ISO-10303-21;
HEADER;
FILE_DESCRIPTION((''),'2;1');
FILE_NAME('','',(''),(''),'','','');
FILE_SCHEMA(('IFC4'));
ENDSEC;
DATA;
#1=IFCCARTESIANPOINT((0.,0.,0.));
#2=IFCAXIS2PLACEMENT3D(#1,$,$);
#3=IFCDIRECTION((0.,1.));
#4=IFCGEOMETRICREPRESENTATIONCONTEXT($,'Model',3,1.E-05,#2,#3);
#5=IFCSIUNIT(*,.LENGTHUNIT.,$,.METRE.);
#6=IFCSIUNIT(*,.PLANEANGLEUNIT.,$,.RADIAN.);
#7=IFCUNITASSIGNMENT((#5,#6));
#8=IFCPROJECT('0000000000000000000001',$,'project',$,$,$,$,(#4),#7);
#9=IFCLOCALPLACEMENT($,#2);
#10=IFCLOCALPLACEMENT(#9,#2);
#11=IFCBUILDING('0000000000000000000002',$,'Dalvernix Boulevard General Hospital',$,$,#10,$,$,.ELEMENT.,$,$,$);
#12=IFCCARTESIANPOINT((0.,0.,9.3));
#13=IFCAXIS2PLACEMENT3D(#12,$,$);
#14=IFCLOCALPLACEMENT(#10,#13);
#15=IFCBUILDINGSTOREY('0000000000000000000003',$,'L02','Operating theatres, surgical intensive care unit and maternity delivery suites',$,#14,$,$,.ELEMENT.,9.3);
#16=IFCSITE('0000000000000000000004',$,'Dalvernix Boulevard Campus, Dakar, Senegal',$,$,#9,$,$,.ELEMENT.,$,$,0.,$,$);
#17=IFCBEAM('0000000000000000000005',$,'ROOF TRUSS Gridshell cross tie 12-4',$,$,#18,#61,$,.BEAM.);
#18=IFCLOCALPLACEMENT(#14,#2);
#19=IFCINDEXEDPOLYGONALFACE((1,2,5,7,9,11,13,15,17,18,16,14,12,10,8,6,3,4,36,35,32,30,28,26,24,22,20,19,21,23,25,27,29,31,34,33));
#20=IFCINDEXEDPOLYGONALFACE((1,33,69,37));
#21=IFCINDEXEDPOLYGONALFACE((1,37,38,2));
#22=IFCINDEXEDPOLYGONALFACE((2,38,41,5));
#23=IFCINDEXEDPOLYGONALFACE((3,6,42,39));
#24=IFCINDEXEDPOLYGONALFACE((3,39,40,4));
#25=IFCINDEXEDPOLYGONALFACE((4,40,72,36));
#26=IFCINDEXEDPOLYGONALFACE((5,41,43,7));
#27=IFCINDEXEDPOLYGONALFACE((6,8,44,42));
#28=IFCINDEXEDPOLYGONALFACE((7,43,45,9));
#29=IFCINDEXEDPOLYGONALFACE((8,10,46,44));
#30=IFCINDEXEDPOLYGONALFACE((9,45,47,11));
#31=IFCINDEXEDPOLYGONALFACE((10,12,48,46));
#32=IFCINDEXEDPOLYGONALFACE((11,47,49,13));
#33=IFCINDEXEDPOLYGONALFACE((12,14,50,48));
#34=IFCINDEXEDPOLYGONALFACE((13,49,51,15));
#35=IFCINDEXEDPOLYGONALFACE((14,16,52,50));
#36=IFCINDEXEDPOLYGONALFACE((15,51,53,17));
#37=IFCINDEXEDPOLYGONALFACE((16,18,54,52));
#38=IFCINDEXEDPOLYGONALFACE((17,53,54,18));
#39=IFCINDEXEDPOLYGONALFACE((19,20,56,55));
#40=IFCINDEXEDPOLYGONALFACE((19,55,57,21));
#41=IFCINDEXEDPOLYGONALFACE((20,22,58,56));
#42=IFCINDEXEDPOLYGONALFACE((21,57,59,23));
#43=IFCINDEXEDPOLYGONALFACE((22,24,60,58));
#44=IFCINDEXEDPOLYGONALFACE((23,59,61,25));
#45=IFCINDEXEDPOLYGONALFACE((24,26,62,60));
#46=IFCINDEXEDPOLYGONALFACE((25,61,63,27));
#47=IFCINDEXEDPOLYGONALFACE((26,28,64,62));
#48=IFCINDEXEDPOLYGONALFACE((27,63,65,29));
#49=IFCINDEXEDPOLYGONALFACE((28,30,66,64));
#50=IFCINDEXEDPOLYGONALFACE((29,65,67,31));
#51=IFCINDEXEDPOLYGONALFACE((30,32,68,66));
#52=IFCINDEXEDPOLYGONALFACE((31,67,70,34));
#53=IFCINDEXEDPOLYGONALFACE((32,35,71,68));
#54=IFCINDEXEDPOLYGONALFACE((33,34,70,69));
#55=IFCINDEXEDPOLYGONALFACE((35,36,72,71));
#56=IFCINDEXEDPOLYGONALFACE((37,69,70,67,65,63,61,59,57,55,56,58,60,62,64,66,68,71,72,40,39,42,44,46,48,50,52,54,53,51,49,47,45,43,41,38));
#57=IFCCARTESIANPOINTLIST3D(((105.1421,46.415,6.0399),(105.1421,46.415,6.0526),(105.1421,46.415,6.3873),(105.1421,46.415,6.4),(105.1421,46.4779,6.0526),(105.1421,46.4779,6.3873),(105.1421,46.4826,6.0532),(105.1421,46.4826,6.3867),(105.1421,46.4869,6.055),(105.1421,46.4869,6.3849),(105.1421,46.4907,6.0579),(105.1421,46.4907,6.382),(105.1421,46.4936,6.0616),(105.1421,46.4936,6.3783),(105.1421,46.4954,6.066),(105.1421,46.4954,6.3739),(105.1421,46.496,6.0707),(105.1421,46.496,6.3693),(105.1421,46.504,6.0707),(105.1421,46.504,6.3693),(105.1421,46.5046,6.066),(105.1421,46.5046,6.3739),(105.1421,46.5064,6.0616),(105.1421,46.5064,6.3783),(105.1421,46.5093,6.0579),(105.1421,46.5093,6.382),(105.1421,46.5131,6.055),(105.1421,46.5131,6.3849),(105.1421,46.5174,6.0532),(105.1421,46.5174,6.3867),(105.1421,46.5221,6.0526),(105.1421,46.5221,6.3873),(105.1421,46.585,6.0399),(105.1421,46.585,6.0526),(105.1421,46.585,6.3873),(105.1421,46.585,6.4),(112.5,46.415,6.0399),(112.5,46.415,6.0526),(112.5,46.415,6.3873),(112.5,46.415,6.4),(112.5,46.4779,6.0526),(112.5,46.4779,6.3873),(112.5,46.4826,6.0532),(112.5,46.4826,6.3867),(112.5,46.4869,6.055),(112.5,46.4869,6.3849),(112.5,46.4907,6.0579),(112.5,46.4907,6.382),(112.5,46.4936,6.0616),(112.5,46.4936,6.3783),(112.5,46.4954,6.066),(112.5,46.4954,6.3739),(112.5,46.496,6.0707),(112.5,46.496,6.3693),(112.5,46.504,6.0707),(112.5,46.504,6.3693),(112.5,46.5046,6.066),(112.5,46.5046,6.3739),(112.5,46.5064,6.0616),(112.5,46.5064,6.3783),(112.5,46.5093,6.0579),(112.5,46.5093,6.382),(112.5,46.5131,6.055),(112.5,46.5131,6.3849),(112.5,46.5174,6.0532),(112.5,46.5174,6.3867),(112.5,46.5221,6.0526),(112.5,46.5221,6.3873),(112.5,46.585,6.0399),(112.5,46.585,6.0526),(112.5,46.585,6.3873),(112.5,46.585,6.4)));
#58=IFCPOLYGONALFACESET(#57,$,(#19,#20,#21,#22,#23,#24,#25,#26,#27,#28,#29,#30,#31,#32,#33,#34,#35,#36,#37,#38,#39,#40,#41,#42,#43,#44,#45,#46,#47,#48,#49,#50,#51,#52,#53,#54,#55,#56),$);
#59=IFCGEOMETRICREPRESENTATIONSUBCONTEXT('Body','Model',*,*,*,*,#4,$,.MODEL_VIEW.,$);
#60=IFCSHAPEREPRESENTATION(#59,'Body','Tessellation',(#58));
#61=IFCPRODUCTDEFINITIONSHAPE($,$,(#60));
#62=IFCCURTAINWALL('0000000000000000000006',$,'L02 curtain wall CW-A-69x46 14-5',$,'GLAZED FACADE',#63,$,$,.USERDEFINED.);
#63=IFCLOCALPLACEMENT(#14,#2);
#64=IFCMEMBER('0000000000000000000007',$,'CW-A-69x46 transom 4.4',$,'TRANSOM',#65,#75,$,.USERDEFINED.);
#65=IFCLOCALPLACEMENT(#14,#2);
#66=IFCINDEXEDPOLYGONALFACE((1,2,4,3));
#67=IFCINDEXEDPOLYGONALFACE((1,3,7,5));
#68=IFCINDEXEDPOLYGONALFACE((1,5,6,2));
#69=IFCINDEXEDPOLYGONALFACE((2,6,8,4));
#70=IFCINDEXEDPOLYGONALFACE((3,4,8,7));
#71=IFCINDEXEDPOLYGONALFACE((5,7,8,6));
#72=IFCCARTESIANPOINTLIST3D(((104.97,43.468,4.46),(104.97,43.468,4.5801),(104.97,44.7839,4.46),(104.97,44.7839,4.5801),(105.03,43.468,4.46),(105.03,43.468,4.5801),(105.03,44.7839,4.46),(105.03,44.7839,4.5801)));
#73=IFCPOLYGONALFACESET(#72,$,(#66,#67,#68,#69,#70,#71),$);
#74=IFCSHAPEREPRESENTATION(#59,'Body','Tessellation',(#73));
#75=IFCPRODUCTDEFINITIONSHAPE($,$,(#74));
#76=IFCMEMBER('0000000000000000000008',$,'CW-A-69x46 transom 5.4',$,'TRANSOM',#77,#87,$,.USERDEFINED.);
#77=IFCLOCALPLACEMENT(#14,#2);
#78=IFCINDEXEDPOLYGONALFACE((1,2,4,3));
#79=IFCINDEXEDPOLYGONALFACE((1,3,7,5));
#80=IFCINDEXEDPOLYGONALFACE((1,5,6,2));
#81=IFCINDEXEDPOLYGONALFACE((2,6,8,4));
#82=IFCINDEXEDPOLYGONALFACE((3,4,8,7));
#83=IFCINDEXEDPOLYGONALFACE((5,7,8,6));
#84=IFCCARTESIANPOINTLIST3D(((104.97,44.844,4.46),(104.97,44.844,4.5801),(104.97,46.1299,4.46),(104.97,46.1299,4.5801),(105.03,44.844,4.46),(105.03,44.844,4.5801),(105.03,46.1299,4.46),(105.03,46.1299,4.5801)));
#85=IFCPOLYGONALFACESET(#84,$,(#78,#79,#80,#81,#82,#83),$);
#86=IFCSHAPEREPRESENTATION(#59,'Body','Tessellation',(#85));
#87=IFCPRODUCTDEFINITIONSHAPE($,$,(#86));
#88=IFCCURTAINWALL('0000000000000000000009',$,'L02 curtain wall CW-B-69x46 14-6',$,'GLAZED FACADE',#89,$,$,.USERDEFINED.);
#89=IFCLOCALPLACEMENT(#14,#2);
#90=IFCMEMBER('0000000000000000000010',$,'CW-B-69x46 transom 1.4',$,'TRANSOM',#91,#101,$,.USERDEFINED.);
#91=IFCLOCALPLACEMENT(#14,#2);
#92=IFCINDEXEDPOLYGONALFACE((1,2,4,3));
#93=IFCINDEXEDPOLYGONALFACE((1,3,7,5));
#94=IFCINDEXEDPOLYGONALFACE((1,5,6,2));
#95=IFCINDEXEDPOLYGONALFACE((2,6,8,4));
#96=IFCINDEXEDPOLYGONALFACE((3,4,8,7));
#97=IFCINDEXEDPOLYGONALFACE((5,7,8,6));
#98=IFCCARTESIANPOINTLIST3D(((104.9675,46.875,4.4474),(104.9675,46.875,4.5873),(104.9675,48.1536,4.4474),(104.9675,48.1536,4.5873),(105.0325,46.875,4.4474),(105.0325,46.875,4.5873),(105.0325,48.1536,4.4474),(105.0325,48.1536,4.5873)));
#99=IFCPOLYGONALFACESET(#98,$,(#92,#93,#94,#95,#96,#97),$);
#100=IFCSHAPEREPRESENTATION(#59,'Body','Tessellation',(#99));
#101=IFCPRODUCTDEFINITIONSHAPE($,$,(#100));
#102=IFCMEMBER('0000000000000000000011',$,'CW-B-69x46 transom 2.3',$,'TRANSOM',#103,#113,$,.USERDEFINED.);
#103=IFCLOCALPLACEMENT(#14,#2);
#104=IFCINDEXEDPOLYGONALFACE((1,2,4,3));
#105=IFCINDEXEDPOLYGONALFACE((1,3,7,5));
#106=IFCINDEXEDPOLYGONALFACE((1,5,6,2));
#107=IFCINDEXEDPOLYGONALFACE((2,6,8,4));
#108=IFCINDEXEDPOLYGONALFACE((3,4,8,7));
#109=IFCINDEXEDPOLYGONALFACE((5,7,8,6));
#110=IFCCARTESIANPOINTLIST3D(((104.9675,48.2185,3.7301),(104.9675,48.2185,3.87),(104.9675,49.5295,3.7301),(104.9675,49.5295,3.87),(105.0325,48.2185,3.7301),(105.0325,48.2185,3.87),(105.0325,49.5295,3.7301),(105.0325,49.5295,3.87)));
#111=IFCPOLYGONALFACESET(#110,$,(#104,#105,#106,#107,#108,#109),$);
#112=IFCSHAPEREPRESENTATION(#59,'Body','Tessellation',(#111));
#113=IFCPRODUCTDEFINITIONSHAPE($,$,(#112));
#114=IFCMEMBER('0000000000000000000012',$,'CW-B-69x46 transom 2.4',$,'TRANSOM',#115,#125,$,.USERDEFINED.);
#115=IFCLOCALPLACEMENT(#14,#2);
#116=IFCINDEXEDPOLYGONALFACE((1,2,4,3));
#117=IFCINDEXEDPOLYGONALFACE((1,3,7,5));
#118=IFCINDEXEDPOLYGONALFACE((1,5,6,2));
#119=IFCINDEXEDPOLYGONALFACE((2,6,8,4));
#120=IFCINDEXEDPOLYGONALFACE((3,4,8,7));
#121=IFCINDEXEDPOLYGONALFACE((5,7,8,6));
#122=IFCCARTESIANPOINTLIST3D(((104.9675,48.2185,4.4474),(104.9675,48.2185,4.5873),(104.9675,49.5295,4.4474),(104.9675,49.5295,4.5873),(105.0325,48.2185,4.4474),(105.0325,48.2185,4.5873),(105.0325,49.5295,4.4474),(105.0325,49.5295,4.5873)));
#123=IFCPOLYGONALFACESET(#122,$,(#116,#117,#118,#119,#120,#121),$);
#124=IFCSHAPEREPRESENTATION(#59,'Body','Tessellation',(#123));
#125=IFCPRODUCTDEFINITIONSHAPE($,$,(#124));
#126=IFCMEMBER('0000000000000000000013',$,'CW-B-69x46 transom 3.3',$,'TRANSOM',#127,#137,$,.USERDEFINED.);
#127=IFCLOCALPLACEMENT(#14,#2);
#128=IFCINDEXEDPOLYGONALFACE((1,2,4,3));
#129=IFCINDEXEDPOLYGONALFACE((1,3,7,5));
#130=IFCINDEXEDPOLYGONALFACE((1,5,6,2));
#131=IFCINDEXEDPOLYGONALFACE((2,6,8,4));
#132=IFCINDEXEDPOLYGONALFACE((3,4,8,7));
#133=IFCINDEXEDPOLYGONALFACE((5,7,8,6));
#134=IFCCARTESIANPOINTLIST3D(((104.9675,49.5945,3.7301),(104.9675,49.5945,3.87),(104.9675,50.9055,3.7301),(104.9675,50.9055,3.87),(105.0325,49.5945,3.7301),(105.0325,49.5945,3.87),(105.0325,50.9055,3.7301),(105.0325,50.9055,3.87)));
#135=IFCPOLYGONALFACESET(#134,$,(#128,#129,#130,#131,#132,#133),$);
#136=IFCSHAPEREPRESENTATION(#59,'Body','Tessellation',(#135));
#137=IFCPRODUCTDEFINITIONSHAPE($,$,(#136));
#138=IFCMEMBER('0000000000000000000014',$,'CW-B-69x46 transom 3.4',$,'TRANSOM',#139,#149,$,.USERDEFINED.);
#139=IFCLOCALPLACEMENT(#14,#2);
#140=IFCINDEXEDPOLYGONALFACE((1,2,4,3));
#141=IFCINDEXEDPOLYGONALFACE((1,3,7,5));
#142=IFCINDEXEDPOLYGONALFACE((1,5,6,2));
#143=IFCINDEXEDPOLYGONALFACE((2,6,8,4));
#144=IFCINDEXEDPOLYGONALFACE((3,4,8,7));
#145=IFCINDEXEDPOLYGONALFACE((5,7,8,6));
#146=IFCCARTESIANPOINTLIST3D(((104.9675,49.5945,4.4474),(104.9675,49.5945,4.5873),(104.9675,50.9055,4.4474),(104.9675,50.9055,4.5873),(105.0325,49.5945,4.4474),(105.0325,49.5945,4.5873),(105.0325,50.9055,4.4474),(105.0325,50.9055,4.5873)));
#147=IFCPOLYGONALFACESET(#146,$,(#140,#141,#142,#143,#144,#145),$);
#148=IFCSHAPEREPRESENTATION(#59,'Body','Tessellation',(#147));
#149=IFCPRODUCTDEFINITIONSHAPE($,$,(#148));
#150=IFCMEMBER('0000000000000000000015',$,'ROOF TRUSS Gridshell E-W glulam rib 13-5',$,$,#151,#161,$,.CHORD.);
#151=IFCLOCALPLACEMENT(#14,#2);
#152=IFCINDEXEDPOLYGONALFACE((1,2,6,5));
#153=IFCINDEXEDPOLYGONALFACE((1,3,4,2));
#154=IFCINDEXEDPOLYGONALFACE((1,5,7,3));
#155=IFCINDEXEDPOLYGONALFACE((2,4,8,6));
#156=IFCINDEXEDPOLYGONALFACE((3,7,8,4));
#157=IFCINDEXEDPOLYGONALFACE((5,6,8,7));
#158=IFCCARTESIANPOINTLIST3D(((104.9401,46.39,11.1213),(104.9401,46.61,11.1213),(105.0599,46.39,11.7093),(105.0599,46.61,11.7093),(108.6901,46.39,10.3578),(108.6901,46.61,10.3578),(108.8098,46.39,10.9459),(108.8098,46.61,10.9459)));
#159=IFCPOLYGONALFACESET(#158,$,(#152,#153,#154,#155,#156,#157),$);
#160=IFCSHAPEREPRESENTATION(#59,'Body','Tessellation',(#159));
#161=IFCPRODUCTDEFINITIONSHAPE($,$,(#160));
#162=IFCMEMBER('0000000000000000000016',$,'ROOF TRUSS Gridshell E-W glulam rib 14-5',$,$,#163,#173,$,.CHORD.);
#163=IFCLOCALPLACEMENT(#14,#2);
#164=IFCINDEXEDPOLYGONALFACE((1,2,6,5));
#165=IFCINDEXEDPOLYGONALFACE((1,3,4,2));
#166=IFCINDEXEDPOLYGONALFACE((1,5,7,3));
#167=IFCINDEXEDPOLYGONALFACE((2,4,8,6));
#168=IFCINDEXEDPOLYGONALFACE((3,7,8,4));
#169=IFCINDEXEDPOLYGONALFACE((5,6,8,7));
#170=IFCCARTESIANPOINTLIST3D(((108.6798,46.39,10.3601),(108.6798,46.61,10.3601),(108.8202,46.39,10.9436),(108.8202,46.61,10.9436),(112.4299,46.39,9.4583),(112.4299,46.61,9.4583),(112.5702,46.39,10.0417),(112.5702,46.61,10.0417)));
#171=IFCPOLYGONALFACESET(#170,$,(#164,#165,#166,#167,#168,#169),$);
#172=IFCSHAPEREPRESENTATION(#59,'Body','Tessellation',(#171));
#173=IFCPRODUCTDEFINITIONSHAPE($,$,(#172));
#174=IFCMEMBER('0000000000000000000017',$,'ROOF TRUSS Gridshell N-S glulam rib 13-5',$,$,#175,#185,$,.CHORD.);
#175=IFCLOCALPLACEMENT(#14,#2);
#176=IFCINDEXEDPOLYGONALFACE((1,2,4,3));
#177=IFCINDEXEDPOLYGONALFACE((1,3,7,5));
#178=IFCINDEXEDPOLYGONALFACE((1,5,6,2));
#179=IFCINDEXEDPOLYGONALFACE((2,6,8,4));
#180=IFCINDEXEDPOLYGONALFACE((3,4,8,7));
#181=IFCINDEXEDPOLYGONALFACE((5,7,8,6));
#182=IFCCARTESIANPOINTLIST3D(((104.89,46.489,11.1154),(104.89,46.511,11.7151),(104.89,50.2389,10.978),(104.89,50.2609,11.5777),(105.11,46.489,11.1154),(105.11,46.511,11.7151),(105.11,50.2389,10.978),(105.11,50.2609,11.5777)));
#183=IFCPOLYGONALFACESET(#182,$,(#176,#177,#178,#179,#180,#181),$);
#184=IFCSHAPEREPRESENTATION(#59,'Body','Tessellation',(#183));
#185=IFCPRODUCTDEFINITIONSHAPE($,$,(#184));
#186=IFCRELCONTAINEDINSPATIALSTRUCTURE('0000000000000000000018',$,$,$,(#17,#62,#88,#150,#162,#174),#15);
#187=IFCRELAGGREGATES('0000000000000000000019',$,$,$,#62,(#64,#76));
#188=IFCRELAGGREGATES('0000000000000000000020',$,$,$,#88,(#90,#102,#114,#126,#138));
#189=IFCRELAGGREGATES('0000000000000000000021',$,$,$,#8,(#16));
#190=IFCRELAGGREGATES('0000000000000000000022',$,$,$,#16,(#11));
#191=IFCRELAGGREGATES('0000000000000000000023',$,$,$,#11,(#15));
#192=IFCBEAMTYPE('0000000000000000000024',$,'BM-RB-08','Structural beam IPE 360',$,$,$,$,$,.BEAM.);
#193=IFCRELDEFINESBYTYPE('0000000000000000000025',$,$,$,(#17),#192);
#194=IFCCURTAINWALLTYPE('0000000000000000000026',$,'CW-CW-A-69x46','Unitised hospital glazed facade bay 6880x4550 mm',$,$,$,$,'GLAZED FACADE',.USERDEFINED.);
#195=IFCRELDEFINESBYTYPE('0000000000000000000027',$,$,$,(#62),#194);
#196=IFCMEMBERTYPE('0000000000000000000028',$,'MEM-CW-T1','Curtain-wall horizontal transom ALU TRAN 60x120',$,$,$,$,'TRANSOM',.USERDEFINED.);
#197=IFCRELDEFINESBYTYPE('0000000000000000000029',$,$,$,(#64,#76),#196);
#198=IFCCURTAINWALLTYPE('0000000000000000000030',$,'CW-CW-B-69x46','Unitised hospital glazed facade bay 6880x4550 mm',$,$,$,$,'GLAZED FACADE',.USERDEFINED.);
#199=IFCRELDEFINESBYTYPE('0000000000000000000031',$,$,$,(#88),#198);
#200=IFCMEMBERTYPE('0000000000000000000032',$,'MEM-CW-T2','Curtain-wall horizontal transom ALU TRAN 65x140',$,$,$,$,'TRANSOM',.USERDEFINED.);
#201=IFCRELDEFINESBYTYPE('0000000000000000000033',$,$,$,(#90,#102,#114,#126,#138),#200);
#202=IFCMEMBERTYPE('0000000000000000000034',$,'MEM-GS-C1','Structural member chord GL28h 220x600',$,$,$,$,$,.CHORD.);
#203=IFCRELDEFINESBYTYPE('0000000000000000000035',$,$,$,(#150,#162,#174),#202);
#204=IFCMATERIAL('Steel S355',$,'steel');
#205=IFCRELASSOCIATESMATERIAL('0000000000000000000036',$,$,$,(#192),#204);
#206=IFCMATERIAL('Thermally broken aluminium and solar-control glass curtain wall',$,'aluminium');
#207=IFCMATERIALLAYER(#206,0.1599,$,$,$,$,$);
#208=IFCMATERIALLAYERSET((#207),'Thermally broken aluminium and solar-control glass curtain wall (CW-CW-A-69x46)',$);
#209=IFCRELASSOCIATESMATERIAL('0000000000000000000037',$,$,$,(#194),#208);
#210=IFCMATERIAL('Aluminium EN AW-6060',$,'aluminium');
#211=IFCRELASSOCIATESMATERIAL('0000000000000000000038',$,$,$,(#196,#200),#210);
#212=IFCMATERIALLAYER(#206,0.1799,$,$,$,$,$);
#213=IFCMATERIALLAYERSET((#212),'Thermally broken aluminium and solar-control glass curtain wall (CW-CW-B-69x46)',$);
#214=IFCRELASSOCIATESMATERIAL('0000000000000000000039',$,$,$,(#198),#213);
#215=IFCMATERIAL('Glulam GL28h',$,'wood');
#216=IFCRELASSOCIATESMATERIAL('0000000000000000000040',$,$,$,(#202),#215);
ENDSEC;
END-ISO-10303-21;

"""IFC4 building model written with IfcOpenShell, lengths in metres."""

from ifc_helpers import new_model, si_unit, direction, frame, origin, origin_2d, place, context, subcontext, project, spatial, rectangle, i_section, extrude, material, layer, layer_set, material_profile, profile_set, type_object, element, aggregate, save


model = new_model("IFC4")

# Units and contexts
model_context = context("Model", 3, precision=1e-05, world=origin(), true_north=direction((0.0, 1.0)))
body_context = subcontext(model_context, "Body", "Model", "MODEL_VIEW")
ifc_project = project(units=[si_unit("LENGTHUNIT", "METRE"), si_unit("PLANEANGLEUNIT", "RADIAN")], contexts=[model_context])

# Site, building, storey
site_placement = place(None, origin())
site = spatial("IfcSite", under=ifc_project, at=site_placement, Name="Dalvernix Boulevard Campus, Dakar, Senegal", CompositionType="ELEMENT", RefElevation=0.0)
building_placement = place(site_placement, origin())
building = spatial("IfcBuilding", under=site, at=building_placement, Name="Dalvernix Boulevard General Hospital", CompositionType="ELEMENT")
storey_placement = place(building_placement, frame((0.0, 0.0, 9.3)))
storey = spatial("IfcBuildingStorey", under=building, at=storey_placement, Name="L02", Description="Operating theatres, surgical intensive care unit and maternity delivery suites", CompositionType="ELEMENT", Elevation=9.3)

# Beam
ifc_material_1 = material(Name="Steel S355", Category="steel")
ifc_material_profile_1 = material_profile(ifc_material_1, i_section(OverallWidth=0.1699, OverallDepth=0.3601, WebThickness=0.0081, FlangeThickness=0.0127, FilletRadius=0.0181, at=origin_2d()), Name="IPE 360")
ifc_profile_set_1 = profile_set([ifc_material_profile_1], Name="Steel S355")
beam_type = type_object("IfcBeamType", Name="BM-RB-08", Description="Structural beam IPE 360", PredefinedType="BEAM", material=ifc_profile_set_1)
beam_placement = place(storey_placement, frame((105.1421, 46.5, 6.22), z_axis=(1.0, 0.0, 0.0), x_axis=(0.0, 1.0, 0.0)))
element("IfcBeam", 1, at=beam_placement, inside=storey, type_object=beam_type, Name="ROOF TRUSS Gridshell cross tie 12-4", PredefinedType="BEAM", context=body_context, shape_type="SweptSolid", body=[
    extrude(i_section(OverallWidth=0.1699, OverallDepth=0.3601, WebThickness=0.0081, FlangeThickness=0.0127, FilletRadius=0.0181, at=origin_2d()), origin(), (0.0, 0.0, 1.0), 7.3579),
])

# Curtain walls, members
ifc_material_2 = material(Name="Thermally broken aluminium and solar-control glass curtain wall", Category="aluminium")
ifc_layer_1 = layer(ifc_material_2, 0.1599)
ifc_layer_set_1 = layer_set([ifc_layer_1], Name="Thermally broken aluminium and solar-control glass curtain wall (CW-CW-A-69x46)")
curtain_wall_type_1 = type_object("IfcCurtainWallType", Name="CW-CW-A-69x46", Description="Unitised hospital glazed facade bay 6880x4550 mm", ElementType="GLAZED FACADE", PredefinedType="USERDEFINED", material=ifc_layer_set_1)
curtain_wall_1_placement = place(storey_placement, origin())
curtain_wall_1 = element("IfcCurtainWall", 2, at=curtain_wall_1_placement, inside=storey, type_object=curtain_wall_type_1, Name="L02 curtain wall CW-A-69x46 14-5", ObjectType="GLAZED FACADE", PredefinedType="USERDEFINED")
ifc_material_3 = material(Name="Aluminium EN AW-6060", Category="aluminium")
ifc_material_profile_2 = material_profile(ifc_material_3, rectangle(XDim=0.0601, YDim=0.1201, at=origin_2d()), Name="ALU TRAN 60x120")
ifc_profile_set_2 = profile_set([ifc_material_profile_2], Name="Aluminium EN AW-6060")
member_type_1 = type_object("IfcMemberType", Name="MEM-CW-T1", Description="Curtain-wall horizontal transom ALU TRAN 60x120", ElementType="TRANSOM", PredefinedType="USERDEFINED", material=ifc_profile_set_2)
member_1_placement = place(storey_placement, frame((105.0, 43.468, 4.52), z_axis=(0.0, 1.0, 0.0), x_axis=(-1.0, 0.0, 0.0)))
member_1 = element("IfcMember", 3, at=member_1_placement, type_object=member_type_1, Name="CW-A-69x46 transom 4.4", ObjectType="TRANSOM", PredefinedType="USERDEFINED", context=body_context, shape_type="SweptSolid", body=[
    extrude(rectangle(XDim=0.0601, YDim=0.1201, at=origin_2d()), origin(), (0.0, 0.0, 1.0), 1.3159),
])
member_2_placement = place(storey_placement, frame((105.0, 44.844, 4.52), z_axis=(0.0, 1.0, 0.0), x_axis=(-1.0, 0.0, 0.0)))
member_2 = element("IfcMember", 4, at=member_2_placement, type_object=member_type_1, Name="CW-A-69x46 transom 5.4", ObjectType="TRANSOM", PredefinedType="USERDEFINED", context=body_context, shape_type="SweptSolid", body=[
    extrude(rectangle(XDim=0.0601, YDim=0.1201, at=origin_2d()), origin(), (0.0, 0.0, 1.0), 1.2859),
])
ifc_layer_2 = layer(ifc_material_2, 0.1799)
ifc_layer_set_2 = layer_set([ifc_layer_2], Name="Thermally broken aluminium and solar-control glass curtain wall (CW-CW-B-69x46)")
curtain_wall_type_2 = type_object("IfcCurtainWallType", Name="CW-CW-B-69x46", Description="Unitised hospital glazed facade bay 6880x4550 mm", ElementType="GLAZED FACADE", PredefinedType="USERDEFINED", material=ifc_layer_set_2)
curtain_wall_2_placement = place(storey_placement, origin())
curtain_wall_2 = element("IfcCurtainWall", 5, at=curtain_wall_2_placement, inside=storey, type_object=curtain_wall_type_2, Name="L02 curtain wall CW-B-69x46 14-6", ObjectType="GLAZED FACADE", PredefinedType="USERDEFINED")
ifc_material_profile_3 = material_profile(ifc_material_3, rectangle(XDim=0.0649, YDim=0.1399, at=origin_2d()), Name="ALU TRAN 65x140")
ifc_profile_set_3 = profile_set([ifc_material_profile_3], Name="Aluminium EN AW-6060")
member_type_2 = type_object("IfcMemberType", Name="MEM-CW-T2", Description="Curtain-wall horizontal transom ALU TRAN 65x140", ElementType="TRANSOM", PredefinedType="USERDEFINED", material=ifc_profile_set_3)
member_3_placement = place(storey_placement, frame((105.0, 46.875, 4.5173), z_axis=(0.0, 1.0, 0.0), x_axis=(-1.0, 0.0, 0.0)))
member_3 = element("IfcMember", 6, at=member_3_placement, type_object=member_type_2, Name="CW-B-69x46 transom 1.4", ObjectType="TRANSOM", PredefinedType="USERDEFINED", context=body_context, shape_type="SweptSolid", body=[
    extrude(rectangle(XDim=0.0649, YDim=0.1399, at=origin_2d()), origin(), (0.0, 0.0, 1.0), 1.2786),
])
member_4_placement = place(storey_placement, frame((105.0, 48.2185, 3.8), z_axis=(0.0, 1.0, 0.0), x_axis=(-1.0, 0.0, 0.0)))
member_4 = element("IfcMember", 7, at=member_4_placement, type_object=member_type_2, Name="CW-B-69x46 transom 2.3", ObjectType="TRANSOM", PredefinedType="USERDEFINED", context=body_context, shape_type="SweptSolid", body=[
    extrude(rectangle(XDim=0.0649, YDim=0.1399, at=origin_2d()), origin(), (0.0, 0.0, 1.0), 1.311),
])
member_5_placement = place(storey_placement, frame((105.0, 48.2185, 4.5173), z_axis=(0.0, 1.0, 0.0), x_axis=(-1.0, 0.0, 0.0)))
member_5 = element("IfcMember", 8, at=member_5_placement, type_object=member_type_2, Name="CW-B-69x46 transom 2.4", ObjectType="TRANSOM", PredefinedType="USERDEFINED", context=body_context, shape_type="SweptSolid", body=[
    extrude(rectangle(XDim=0.0649, YDim=0.1399, at=origin_2d()), origin(), (0.0, 0.0, 1.0), 1.311),
])
member_6_placement = place(storey_placement, frame((105.0, 49.5945, 3.8), z_axis=(0.0, 1.0, 0.0), x_axis=(-1.0, 0.0, 0.0)))
member_6 = element("IfcMember", 9, at=member_6_placement, type_object=member_type_2, Name="CW-B-69x46 transom 3.3", ObjectType="TRANSOM", PredefinedType="USERDEFINED", context=body_context, shape_type="SweptSolid", body=[
    extrude(rectangle(XDim=0.0649, YDim=0.1399, at=origin_2d()), origin(), (0.0, 0.0, 1.0), 1.311),
])
member_7_placement = place(storey_placement, frame((105.0, 49.5945, 4.5173), z_axis=(0.0, 1.0, 0.0), x_axis=(-1.0, 0.0, 0.0)))
member_7 = element("IfcMember", 10, at=member_7_placement, type_object=member_type_2, Name="CW-B-69x46 transom 3.4", ObjectType="TRANSOM", PredefinedType="USERDEFINED", context=body_context, shape_type="SweptSolid", body=[
    extrude(rectangle(XDim=0.0649, YDim=0.1399, at=origin_2d()), origin(), (0.0, 0.0, 1.0), 1.311),
])

# Members
ifc_material_4 = material(Name="Glulam GL28h", Category="wood")
ifc_material_profile_4 = material_profile(ifc_material_4, rectangle(XDim=0.22, YDim=0.6001, at=origin_2d()), Name="GL28h 220x600")
ifc_profile_set_4 = profile_set([ifc_material_profile_4], Name="Glulam GL28h")
member_type_3 = type_object("IfcMemberType", Name="MEM-GS-C1", Description="Structural member chord GL28h 220x600", PredefinedType="CHORD", material=ifc_profile_set_4)
member_8_placement = place(storey_placement, frame((105.0, 46.5, 11.4153), z_axis=(0.9799, 0.0, -0.199489), x_axis=(0.0, 1.0, 0.0)))
element("IfcMember", 11, at=member_8_placement, inside=storey, type_object=member_type_3, Name="ROOF TRUSS Gridshell E-W glulam rib 13-5", PredefinedType="CHORD", context=body_context, shape_type="SweptSolid", body=[
    extrude(rectangle(XDim=0.22, YDim=0.6001, at=origin_2d()), origin(), (0.0, 0.0, 1.0), 3.8269),
])
member_9_placement = place(storey_placement, frame((108.75, 46.5, 10.6519), z_axis=(0.972278, 0.0, -0.233828), x_axis=(0.0, 1.0, 0.0)))
element("IfcMember", 12, at=member_9_placement, inside=storey, type_object=member_type_3, Name="ROOF TRUSS Gridshell E-W glulam rib 14-5", PredefinedType="CHORD", context=body_context, shape_type="SweptSolid", body=[
    extrude(rectangle(XDim=0.22, YDim=0.6001, at=origin_2d()), origin(), (0.0, 0.0, 1.0), 3.8569),
])
member_10_placement = place(storey_placement, frame((105.0, 46.5, 11.4153), z_axis=(0.0, 0.999329, -0.036629), x_axis=(-1.0, 0.0, 0.0)))
element("IfcMember", 13, at=member_10_placement, inside=storey, type_object=member_type_3, Name="ROOF TRUSS Gridshell N-S glulam rib 13-5", PredefinedType="CHORD", context=body_context, shape_type="SweptSolid", body=[
    extrude(rectangle(XDim=0.22, YDim=0.6001, at=origin_2d()), origin(), (0.0, 0.0, 1.0), 3.7524),
])

aggregate(curtain_wall_1, [member_1, member_2])
aggregate(curtain_wall_2, [member_3, member_4, member_5, member_6, member_7])

save(model, "model.ifc")
